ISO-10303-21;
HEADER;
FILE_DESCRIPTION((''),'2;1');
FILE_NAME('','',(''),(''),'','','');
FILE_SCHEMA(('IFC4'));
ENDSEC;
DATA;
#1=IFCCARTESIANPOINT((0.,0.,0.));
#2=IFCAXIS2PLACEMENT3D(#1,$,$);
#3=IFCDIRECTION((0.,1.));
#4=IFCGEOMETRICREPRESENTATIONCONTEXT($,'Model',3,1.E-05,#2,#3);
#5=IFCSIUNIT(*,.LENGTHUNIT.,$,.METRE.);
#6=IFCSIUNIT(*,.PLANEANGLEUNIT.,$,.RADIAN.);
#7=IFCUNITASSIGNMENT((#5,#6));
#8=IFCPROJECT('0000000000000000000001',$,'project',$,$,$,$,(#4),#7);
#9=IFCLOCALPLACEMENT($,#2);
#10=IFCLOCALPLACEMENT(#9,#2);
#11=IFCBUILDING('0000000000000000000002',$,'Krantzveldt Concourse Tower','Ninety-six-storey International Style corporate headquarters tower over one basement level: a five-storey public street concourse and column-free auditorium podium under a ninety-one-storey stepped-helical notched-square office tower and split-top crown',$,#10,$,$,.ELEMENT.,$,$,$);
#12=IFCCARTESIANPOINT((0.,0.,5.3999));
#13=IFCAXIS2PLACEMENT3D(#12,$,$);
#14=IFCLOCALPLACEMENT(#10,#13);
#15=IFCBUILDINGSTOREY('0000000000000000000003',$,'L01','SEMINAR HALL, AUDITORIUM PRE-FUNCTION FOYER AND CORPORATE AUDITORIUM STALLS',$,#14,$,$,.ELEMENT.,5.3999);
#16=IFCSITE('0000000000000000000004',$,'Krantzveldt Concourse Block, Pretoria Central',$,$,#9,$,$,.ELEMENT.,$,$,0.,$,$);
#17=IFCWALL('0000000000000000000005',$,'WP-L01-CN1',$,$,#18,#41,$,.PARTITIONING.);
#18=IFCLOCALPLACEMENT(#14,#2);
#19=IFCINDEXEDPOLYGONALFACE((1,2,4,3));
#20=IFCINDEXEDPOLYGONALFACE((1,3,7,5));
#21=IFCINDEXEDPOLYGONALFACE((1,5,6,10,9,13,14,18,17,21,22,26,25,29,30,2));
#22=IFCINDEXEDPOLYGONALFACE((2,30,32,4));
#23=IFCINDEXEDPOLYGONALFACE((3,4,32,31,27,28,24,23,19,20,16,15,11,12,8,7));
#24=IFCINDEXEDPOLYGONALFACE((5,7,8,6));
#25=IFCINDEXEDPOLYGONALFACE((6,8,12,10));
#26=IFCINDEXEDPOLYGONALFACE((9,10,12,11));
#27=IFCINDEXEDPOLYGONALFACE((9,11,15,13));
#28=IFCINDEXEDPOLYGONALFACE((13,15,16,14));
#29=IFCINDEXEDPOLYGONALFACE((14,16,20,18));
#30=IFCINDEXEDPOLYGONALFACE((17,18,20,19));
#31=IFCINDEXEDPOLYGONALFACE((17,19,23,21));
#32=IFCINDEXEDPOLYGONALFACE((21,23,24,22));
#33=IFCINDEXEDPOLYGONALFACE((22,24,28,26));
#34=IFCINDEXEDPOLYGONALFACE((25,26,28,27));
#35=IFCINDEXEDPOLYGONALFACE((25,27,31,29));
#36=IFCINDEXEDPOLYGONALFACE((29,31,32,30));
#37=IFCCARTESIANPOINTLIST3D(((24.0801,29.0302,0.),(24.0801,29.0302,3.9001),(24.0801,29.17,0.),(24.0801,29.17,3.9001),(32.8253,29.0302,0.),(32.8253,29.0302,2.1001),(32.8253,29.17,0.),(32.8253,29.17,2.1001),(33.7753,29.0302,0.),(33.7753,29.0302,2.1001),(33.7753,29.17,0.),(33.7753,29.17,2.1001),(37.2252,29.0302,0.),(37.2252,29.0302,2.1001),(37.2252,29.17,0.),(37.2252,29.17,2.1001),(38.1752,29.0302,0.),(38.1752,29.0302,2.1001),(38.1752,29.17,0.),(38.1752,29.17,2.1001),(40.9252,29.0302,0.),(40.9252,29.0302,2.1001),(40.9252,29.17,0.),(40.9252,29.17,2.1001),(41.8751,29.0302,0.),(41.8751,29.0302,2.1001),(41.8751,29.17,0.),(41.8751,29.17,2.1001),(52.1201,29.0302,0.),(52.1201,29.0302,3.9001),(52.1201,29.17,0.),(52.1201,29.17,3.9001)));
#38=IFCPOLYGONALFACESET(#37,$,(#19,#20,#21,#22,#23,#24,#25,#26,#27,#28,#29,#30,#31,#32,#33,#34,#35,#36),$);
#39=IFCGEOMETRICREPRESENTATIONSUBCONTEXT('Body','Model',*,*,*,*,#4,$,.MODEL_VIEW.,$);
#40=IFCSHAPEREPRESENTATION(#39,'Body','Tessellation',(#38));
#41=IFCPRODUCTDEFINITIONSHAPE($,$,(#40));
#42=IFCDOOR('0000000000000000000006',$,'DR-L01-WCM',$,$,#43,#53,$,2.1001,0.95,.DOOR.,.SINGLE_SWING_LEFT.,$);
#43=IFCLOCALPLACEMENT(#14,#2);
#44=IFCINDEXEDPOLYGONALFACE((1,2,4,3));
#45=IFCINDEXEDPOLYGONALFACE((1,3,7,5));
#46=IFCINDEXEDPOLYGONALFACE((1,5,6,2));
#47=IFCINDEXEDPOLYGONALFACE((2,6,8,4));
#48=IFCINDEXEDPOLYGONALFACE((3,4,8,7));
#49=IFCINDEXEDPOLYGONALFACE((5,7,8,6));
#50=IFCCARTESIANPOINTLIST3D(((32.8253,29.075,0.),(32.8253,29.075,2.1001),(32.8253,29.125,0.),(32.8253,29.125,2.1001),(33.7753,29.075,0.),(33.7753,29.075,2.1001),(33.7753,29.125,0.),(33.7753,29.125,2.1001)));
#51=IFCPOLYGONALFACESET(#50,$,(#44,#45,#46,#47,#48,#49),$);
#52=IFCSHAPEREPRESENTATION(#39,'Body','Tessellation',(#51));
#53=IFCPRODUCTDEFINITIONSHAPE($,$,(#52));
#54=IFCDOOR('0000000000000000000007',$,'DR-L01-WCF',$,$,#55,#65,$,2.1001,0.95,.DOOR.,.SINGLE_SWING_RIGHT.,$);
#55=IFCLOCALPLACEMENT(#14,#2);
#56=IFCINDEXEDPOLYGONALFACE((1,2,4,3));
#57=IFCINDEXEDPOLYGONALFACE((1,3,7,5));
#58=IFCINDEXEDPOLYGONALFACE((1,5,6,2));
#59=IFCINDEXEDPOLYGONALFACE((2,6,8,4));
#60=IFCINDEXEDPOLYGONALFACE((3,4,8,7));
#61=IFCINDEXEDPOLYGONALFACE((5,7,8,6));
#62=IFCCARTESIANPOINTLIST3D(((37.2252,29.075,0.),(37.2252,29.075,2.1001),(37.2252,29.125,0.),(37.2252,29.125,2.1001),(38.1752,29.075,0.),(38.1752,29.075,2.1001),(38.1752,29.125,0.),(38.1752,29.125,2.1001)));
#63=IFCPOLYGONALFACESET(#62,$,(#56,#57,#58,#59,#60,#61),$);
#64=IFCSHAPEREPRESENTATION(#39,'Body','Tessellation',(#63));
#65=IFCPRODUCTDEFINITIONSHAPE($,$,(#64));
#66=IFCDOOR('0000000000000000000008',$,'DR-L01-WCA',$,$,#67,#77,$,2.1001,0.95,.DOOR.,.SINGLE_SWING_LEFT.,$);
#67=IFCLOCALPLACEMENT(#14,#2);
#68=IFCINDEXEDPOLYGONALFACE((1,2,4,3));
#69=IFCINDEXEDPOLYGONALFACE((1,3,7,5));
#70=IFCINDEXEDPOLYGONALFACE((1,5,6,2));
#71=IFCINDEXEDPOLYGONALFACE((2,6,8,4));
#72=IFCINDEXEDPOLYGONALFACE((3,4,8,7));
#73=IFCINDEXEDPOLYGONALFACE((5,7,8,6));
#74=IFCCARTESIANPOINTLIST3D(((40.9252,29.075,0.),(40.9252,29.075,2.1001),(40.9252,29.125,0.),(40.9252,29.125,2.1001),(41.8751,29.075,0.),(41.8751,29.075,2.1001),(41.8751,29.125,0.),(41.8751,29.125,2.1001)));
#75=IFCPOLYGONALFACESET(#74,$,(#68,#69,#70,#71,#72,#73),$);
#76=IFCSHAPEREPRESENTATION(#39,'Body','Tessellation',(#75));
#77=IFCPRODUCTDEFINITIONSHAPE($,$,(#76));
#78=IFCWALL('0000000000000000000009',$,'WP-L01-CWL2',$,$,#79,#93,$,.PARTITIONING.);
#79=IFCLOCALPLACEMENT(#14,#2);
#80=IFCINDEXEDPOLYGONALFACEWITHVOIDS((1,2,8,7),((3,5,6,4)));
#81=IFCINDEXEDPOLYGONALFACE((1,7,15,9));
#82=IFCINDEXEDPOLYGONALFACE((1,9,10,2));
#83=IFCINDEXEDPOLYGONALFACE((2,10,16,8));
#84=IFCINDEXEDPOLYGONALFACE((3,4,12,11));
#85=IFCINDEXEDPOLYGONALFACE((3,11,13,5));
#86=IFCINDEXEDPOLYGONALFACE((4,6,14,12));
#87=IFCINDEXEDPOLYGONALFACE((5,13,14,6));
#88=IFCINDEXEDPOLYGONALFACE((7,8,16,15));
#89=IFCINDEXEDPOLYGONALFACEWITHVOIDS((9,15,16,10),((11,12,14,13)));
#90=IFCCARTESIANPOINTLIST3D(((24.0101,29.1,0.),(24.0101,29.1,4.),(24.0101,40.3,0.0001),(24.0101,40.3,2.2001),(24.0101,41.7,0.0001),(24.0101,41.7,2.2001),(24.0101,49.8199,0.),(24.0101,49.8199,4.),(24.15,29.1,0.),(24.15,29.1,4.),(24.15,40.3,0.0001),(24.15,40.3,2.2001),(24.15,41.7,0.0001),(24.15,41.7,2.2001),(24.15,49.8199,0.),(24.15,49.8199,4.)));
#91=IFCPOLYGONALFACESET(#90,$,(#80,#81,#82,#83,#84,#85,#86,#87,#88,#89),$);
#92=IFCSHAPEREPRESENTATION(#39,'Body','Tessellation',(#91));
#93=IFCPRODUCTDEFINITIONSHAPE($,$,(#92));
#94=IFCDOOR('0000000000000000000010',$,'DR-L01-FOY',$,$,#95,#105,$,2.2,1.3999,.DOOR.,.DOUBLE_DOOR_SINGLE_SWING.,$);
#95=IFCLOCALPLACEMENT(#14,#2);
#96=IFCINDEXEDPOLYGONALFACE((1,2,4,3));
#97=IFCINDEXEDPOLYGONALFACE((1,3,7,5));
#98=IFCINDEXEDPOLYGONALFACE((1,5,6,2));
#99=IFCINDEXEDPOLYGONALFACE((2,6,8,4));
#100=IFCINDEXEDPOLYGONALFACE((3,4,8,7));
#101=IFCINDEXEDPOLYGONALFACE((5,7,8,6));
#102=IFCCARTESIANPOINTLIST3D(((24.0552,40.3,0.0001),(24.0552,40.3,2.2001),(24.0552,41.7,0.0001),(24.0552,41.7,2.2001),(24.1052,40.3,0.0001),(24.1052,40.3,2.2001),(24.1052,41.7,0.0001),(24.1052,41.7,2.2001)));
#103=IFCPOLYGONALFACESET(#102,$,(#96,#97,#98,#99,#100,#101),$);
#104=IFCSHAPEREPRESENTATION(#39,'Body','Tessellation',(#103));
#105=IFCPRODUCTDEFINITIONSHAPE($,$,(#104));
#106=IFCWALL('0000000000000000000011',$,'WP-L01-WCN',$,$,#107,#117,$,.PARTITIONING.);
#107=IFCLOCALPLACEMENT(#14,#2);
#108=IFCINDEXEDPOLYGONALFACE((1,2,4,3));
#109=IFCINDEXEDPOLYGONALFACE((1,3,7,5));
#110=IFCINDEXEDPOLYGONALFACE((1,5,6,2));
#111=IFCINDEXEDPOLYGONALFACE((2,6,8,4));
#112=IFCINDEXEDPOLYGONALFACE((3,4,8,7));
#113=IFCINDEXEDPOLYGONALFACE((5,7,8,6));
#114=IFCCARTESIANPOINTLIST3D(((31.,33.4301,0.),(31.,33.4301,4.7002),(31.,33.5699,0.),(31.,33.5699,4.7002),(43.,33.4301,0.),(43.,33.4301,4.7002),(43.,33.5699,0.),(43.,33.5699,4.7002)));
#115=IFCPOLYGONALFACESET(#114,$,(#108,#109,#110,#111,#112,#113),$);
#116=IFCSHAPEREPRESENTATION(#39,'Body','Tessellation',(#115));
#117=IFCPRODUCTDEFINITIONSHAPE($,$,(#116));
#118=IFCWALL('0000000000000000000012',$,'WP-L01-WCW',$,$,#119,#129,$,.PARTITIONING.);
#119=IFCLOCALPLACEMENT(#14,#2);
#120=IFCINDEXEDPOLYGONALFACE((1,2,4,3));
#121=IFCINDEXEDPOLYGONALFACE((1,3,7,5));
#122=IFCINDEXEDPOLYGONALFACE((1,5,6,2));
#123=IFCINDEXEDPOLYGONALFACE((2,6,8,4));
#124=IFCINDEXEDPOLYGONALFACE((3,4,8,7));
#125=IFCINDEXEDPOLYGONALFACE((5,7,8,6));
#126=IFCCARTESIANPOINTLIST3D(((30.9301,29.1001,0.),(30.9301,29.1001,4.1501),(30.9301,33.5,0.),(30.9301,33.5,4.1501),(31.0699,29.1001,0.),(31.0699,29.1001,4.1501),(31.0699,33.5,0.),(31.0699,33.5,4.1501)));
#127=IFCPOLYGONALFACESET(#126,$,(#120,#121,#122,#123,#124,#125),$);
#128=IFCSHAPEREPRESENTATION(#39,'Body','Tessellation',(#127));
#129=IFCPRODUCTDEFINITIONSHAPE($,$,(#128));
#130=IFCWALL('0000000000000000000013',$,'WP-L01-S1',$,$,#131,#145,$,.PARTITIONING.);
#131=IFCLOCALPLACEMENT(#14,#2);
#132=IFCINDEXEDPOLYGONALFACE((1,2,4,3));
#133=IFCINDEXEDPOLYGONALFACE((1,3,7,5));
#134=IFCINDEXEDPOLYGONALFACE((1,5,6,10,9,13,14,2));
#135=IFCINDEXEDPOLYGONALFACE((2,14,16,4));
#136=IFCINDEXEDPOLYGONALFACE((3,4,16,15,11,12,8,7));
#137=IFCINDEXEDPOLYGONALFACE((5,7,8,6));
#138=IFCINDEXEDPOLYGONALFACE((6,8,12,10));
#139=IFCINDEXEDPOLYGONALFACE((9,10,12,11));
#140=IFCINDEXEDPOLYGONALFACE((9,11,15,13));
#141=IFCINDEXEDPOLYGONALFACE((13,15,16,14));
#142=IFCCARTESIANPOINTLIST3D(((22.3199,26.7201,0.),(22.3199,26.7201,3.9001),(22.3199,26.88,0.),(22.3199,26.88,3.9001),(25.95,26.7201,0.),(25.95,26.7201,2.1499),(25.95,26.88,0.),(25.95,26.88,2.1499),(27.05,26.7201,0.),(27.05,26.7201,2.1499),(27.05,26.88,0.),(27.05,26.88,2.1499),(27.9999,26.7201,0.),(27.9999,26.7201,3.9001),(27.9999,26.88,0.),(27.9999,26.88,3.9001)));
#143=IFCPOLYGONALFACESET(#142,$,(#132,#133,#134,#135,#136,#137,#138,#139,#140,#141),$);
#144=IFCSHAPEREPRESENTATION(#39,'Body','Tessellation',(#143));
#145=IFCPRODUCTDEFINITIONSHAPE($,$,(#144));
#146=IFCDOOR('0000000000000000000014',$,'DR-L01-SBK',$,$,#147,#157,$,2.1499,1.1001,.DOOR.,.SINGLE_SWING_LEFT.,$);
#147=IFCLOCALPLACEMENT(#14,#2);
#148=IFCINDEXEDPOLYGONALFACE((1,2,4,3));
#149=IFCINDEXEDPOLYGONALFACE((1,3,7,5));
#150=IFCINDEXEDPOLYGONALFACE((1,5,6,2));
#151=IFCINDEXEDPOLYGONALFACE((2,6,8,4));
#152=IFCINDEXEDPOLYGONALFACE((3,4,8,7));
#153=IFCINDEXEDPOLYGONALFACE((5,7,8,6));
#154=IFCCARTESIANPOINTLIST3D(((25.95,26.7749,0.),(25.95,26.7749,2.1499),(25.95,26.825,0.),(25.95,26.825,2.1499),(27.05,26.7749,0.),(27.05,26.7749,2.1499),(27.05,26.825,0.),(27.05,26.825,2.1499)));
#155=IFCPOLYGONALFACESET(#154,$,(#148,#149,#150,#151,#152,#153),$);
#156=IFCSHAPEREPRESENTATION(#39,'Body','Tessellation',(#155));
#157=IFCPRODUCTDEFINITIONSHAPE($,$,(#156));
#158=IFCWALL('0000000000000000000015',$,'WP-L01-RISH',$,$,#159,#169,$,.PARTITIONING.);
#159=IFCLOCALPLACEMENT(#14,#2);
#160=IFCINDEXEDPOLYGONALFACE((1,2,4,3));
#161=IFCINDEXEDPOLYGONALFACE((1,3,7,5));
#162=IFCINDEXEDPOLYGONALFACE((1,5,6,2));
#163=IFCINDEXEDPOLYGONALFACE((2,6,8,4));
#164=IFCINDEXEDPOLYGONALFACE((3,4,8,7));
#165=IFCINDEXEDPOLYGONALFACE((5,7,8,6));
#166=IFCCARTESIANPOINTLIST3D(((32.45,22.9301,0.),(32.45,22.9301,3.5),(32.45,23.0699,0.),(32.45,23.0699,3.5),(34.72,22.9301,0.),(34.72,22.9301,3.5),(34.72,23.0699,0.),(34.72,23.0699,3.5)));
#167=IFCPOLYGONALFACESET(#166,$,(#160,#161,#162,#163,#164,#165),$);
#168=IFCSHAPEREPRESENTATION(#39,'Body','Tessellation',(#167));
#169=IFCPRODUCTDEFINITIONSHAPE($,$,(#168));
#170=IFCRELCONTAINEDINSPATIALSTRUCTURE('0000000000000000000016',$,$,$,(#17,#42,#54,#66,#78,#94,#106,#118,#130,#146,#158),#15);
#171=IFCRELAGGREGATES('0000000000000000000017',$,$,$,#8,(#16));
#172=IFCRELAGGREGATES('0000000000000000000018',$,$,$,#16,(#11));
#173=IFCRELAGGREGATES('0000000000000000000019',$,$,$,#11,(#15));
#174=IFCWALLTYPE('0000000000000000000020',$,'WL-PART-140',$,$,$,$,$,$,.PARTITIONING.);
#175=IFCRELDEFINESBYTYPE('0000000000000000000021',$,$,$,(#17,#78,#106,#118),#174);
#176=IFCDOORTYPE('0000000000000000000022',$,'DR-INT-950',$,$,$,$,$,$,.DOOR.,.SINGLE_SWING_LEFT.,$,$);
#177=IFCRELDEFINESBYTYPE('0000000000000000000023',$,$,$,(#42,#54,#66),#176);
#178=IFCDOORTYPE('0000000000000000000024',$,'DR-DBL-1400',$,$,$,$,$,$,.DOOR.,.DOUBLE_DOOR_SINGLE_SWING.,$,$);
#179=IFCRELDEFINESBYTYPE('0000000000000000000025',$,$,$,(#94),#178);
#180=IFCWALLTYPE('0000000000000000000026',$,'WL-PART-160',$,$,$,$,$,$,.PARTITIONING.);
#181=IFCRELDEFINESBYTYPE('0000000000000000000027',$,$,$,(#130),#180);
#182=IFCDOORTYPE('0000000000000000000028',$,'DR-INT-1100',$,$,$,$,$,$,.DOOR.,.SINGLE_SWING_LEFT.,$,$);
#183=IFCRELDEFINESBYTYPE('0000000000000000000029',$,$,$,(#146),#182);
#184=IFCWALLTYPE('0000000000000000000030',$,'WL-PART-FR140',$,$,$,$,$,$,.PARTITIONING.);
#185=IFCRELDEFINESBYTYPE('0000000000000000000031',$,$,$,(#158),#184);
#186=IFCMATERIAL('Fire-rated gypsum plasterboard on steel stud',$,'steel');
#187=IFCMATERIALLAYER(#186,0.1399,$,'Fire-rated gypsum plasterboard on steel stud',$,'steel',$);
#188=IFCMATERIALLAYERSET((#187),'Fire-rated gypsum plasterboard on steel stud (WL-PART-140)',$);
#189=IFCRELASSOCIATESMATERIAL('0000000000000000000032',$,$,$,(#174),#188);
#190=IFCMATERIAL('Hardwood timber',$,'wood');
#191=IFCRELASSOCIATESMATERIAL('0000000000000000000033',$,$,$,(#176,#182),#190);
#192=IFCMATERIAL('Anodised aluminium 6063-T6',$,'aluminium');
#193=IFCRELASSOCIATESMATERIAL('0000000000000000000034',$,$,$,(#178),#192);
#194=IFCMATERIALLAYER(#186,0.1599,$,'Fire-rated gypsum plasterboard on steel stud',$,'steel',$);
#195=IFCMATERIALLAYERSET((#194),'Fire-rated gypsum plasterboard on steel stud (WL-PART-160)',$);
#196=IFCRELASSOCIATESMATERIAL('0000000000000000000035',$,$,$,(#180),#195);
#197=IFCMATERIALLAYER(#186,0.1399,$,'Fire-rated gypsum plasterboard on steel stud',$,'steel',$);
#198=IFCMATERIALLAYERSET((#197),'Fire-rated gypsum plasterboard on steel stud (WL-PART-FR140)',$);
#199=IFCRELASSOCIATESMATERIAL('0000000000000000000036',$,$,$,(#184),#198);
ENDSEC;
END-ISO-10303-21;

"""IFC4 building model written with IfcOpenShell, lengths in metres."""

from ifc_helpers import new_model, si_unit, direction, frame, frame_2d, origin, place, context, subcontext, project, spatial, rectangle, extrude, material, layer, layer_set, type_object, element, fill, save


model = new_model("IFC4")

# Units and contexts
model_context = context("Model", 3, precision=1e-05, world=origin(), true_north=direction((0.0, 1.0)))
body_context = subcontext(model_context, "Body", "Model", "MODEL_VIEW")
ifc_project = project(units=[si_unit("LENGTHUNIT", "METRE"), si_unit("PLANEANGLEUNIT", "RADIAN")], contexts=[model_context])

# Site, building, storey
site_placement = place(None, origin())
site = spatial("IfcSite", under=ifc_project, at=site_placement, Name="Krantzveldt Concourse Block, Pretoria Central", CompositionType="ELEMENT", RefElevation=0.0)
building_placement = place(site_placement, origin())
building = spatial("IfcBuilding", under=site, at=building_placement, Name="Krantzveldt Concourse Tower", Description="Ninety-six-storey International Style corporate headquarters tower over one basement level: a five-storey public street concourse and column-free auditorium podium under a ninety-one-storey stepped-helical notched-square office tower and split-top crown", CompositionType="ELEMENT")
storey_placement = place(building_placement, frame((0.0, 0.0, 5.3999)))
storey = spatial("IfcBuildingStorey", under=building, at=storey_placement, Name="L01", Description="SEMINAR HALL, AUDITORIUM PRE-FUNCTION FOYER AND CORPORATE AUDITORIUM STALLS", CompositionType="ELEMENT", Elevation=5.3999)

# Wall, openings, doors
ifc_material_1 = material(Name="Fire-rated gypsum plasterboard on steel stud", Category="steel")
ifc_layer_1 = layer(ifc_material_1, 0.1399, Name="Fire-rated gypsum plasterboard on steel stud", Category="steel")
ifc_layer_set_1 = layer_set([ifc_layer_1], Name="Fire-rated gypsum plasterboard on steel stud (WL-PART-140)")
wall_type_1 = type_object("IfcWallType", Name="WL-PART-140", PredefinedType="PARTITIONING", material=ifc_layer_set_1)
wall_1_placement = place(storey_placement, frame((24.0801, 29.1001, 0.0), z_axis=(0.0, 0.0, 1.0), x_axis=(1.0, 0.0, 0.0)))
wall_1 = element("IfcWall", 1, at=wall_1_placement, inside=storey, type_object=wall_type_1, Name="WP-L01-CN1", PredefinedType="PARTITIONING", context=body_context, shape_type="SweptSolid", body=[
    extrude(rectangle(XDim=28.04, YDim=0.1399, at=frame_2d((14.02, 0.0))), origin(), (0.0, 0.0, 1.0), 3.9001),
])
opening_1_placement = place(wall_1_placement, frame((8.7451, 0.0, 0.0)))
opening_1 = element("IfcOpeningElement", 2, at=opening_1_placement, cuts=wall_1, PredefinedType="OPENING", context=body_context, shape_type="SweptSolid", body=[
    extrude(rectangle(XDim=0.95, YDim=2.1001, at=frame_2d((0.4751, 1.05))), frame((0.0, 0.0801, 0.0), z_axis=(0.0, -1.0, 0.0), x_axis=(1.0, 0.0, 0.0)), (0.0, 0.0, 1.0), 0.1599),
])
opening_2_placement = place(wall_1_placement, frame((13.145, 0.0, 0.0)))
opening_2 = element("IfcOpeningElement", 3, at=opening_2_placement, cuts=wall_1, PredefinedType="OPENING", context=body_context, shape_type="SweptSolid", body=[
    extrude(rectangle(XDim=0.95, YDim=2.1001, at=frame_2d((0.4751, 1.05))), frame((0.0, 0.0801, 0.0), z_axis=(0.0, -1.0, 0.0), x_axis=(1.0, 0.0, 0.0)), (0.0, 0.0, 1.0), 0.1599),
])
opening_3_placement = place(wall_1_placement, frame((16.845, 0.0, 0.0)))
opening_3 = element("IfcOpeningElement", 4, at=opening_3_placement, cuts=wall_1, PredefinedType="OPENING", context=body_context, shape_type="SweptSolid", body=[
    extrude(rectangle(XDim=0.95, YDim=2.1001, at=frame_2d((0.4751, 1.05))), frame((0.0, 0.0801, 0.0), z_axis=(0.0, -1.0, 0.0), x_axis=(1.0, 0.0, 0.0)), (0.0, 0.0, 1.0), 0.1599),
])
ifc_material_2 = material(Name="Hardwood timber", Category="wood")
door_type_1 = type_object("IfcDoorType", Name="DR-INT-950", OperationType="SINGLE_SWING_LEFT", PredefinedType="DOOR", material=ifc_material_2)
door_1_placement = place(opening_1_placement, origin())
door_1 = element("IfcDoor", 5, at=door_1_placement, inside=storey, type_object=door_type_1, Name="DR-L01-WCM", OperationType="SINGLE_SWING_LEFT", OverallHeight=2.1001, OverallWidth=0.95, PredefinedType="DOOR", context=body_context, shape_type="SweptSolid", body=[
    extrude(rectangle(XDim=0.95, YDim=2.1001, at=frame_2d((0.4751, 1.05))), frame((0.0, 0.0249, 0.0), z_axis=(0.0, -1.0, 0.0), x_axis=(1.0, 0.0, 0.0)), (0.0, 0.0, 1.0), 0.05),
])
fill(opening_1, door_1)
door_2_placement = place(opening_2_placement, origin())
door_2 = element("IfcDoor", 6, at=door_2_placement, inside=storey, type_object=door_type_1, Name="DR-L01-WCF", OperationType="SINGLE_SWING_RIGHT", OverallHeight=2.1001, OverallWidth=0.95, PredefinedType="DOOR", context=body_context, shape_type="SweptSolid", body=[
    extrude(rectangle(XDim=0.95, YDim=2.1001, at=frame_2d((0.4751, 1.05))), frame((0.0, 0.0249, 0.0), z_axis=(0.0, -1.0, 0.0), x_axis=(1.0, 0.0, 0.0)), (0.0, 0.0, 1.0), 0.05),
])
fill(opening_2, door_2)
door_3_placement = place(opening_3_placement, origin())
door_3 = element("IfcDoor", 7, at=door_3_placement, inside=storey, type_object=door_type_1, Name="DR-L01-WCA", OperationType="SINGLE_SWING_LEFT", OverallHeight=2.1001, OverallWidth=0.95, PredefinedType="DOOR", context=body_context, shape_type="SweptSolid", body=[
    extrude(rectangle(XDim=0.95, YDim=2.1001, at=frame_2d((0.4751, 1.05))), frame((0.0, 0.0249, 0.0), z_axis=(0.0, -1.0, 0.0), x_axis=(1.0, 0.0, 0.0)), (0.0, 0.0, 1.0), 0.05),
])
fill(opening_3, door_3)

# Wall, opening, door
wall_2_placement = place(storey_placement, frame((24.0801, 29.1001, 0.0), z_axis=(0.0, 0.0, 1.0), x_axis=(0.0, 1.0, 0.0)))
wall_2 = element("IfcWall", 8, at=wall_2_placement, inside=storey, type_object=wall_type_1, Name="WP-L01-CWL2", PredefinedType="PARTITIONING", context=body_context, shape_type="SweptSolid", body=[
    extrude(rectangle(XDim=20.72, YDim=0.1399, at=frame_2d((10.3599, 0.0))), origin(), (0.0, 0.0, 1.0), 4.0),
])
opening_4_placement = place(wall_2_placement, frame((11.2, 0.0, 0.0)))
opening_4 = element("IfcOpeningElement", 9, at=opening_4_placement, cuts=wall_2, PredefinedType="OPENING", context=body_context, shape_type="SweptSolid", body=[
    extrude(rectangle(XDim=1.3999, YDim=2.2, at=frame_2d((0.7, 1.1001))), frame((0.0, 0.0801, 0.0), z_axis=(0.0, -1.0, 0.0), x_axis=(1.0, 0.0, 0.0)), (0.0, 0.0, 1.0), 0.1599),
])
ifc_material_3 = material(Name="Anodised aluminium 6063-T6", Category="aluminium")
door_type_2 = type_object("IfcDoorType", Name="DR-DBL-1400", OperationType="DOUBLE_DOOR_SINGLE_SWING", PredefinedType="DOOR", material=ifc_material_3)
door_4_placement = place(opening_4_placement, origin())
door_4 = element("IfcDoor", 10, at=door_4_placement, inside=storey, type_object=door_type_2, Name="DR-L01-FOY", OperationType="DOUBLE_DOOR_SINGLE_SWING", OverallHeight=2.2, OverallWidth=1.3999, PredefinedType="DOOR", context=body_context, shape_type="SweptSolid", body=[
    extrude(rectangle(XDim=1.3999, YDim=2.2, at=frame_2d((0.7, 1.1001))), frame((0.0, 0.0249, 0.0), z_axis=(0.0, -1.0, 0.0), x_axis=(1.0, 0.0, 0.0)), (0.0, 0.0, 1.0), 0.05),
])
fill(opening_4, door_4)

# Walls
wall_3_placement = place(storey_placement, frame((31.0, 33.5, 0.0), z_axis=(0.0, 0.0, 1.0), x_axis=(1.0, 0.0, 0.0)))
element("IfcWall", 11, at=wall_3_placement, inside=storey, type_object=wall_type_1, Name="WP-L01-WCN", PredefinedType="PARTITIONING", context=body_context, shape_type="SweptSolid", body=[
    extrude(rectangle(XDim=12.0, YDim=0.1399, at=frame_2d((6.0, 0.0))), origin(), (0.0, 0.0, 1.0), 4.7002),
])
wall_4_placement = place(storey_placement, frame((31.0, 29.1001, 0.0), z_axis=(0.0, 0.0, 1.0), x_axis=(0.0, 1.0, 0.0)))
element("IfcWall", 12, at=wall_4_placement, inside=storey, type_object=wall_type_1, Name="WP-L01-WCW", PredefinedType="PARTITIONING", context=body_context, shape_type="SweptSolid", body=[
    extrude(rectangle(XDim=4.3999, YDim=0.1399, at=frame_2d((2.2, 0.0))), origin(), (0.0, 0.0, 1.0), 4.1501),
])

# Wall, opening, door
ifc_layer_2 = layer(ifc_material_1, 0.1599, Name="Fire-rated gypsum plasterboard on steel stud", Category="steel")
ifc_layer_set_2 = layer_set([ifc_layer_2], Name="Fire-rated gypsum plasterboard on steel stud (WL-PART-160)")
wall_type_2 = type_object("IfcWallType", Name="WL-PART-160", PredefinedType="PARTITIONING", material=ifc_layer_set_2)
wall_5_placement = place(storey_placement, frame((22.3201, 26.8, 0.0), z_axis=(0.0, 0.0, 1.0), x_axis=(1.0, 0.0, 0.0)))
wall_5 = element("IfcWall", 13, at=wall_5_placement, inside=storey, type_object=wall_type_2, Name="WP-L01-S1", PredefinedType="PARTITIONING", context=body_context, shape_type="SweptSolid", body=[
    extrude(rectangle(XDim=5.6799, YDim=0.1599, at=frame_2d((2.8398, 0.0))), origin(), (0.0, 0.0, 1.0), 3.9001),
])
opening_5_placement = place(wall_5_placement, frame((3.6299, 0.0, 0.0)))
opening_5 = element("IfcOpeningElement", 14, at=opening_5_placement, cuts=wall_5, PredefinedType="OPENING", context=body_context, shape_type="SweptSolid", body=[
    extrude(rectangle(XDim=1.1001, YDim=2.1499, at=frame_2d((0.55, 1.075))), frame((0.0, 0.0898, 0.0), z_axis=(0.0, -1.0, 0.0), x_axis=(1.0, 0.0, 0.0)), (0.0, 0.0, 1.0), 0.1799),
])
door_type_3 = type_object("IfcDoorType", Name="DR-INT-1100", OperationType="SINGLE_SWING_LEFT", PredefinedType="DOOR", material=ifc_material_2)
door_5_placement = place(opening_5_placement, origin())
door_5 = element("IfcDoor", 15, at=door_5_placement, inside=storey, type_object=door_type_3, Name="DR-L01-SBK", OperationType="SINGLE_SWING_LEFT", OverallHeight=2.1499, OverallWidth=1.1001, PredefinedType="DOOR", context=body_context, shape_type="SweptSolid", body=[
    extrude(rectangle(XDim=1.1001, YDim=2.1499, at=frame_2d((0.55, 1.075))), frame((0.0, 0.0249, 0.0), z_axis=(0.0, -1.0, 0.0), x_axis=(1.0, 0.0, 0.0)), (0.0, 0.0, 1.0), 0.05),
])
fill(opening_5, door_5)

# Wall
ifc_layer_3 = layer(ifc_material_1, 0.1399, Name="Fire-rated gypsum plasterboard on steel stud", Category="steel")
ifc_layer_set_3 = layer_set([ifc_layer_3], Name="Fire-rated gypsum plasterboard on steel stud (WL-PART-FR140)")
wall_type_3 = type_object("IfcWallType", Name="WL-PART-FR140", PredefinedType="PARTITIONING", material=ifc_layer_set_3)
wall_6_placement = place(storey_placement, frame((32.45, 23.0, 0.0), z_axis=(0.0, 0.0, 1.0), x_axis=(1.0, 0.0, 0.0)))
element("IfcWall", 16, at=wall_6_placement, inside=storey, type_object=wall_type_3, Name="WP-L01-RISH", PredefinedType="PARTITIONING", context=body_context, shape_type="SweptSolid", body=[
    extrude(rectangle(XDim=2.27, YDim=0.1399, at=frame_2d((1.135, 0.0))), origin(), (0.0, 0.0, 1.0), 3.5),
])

save(model, "model.ifc")
